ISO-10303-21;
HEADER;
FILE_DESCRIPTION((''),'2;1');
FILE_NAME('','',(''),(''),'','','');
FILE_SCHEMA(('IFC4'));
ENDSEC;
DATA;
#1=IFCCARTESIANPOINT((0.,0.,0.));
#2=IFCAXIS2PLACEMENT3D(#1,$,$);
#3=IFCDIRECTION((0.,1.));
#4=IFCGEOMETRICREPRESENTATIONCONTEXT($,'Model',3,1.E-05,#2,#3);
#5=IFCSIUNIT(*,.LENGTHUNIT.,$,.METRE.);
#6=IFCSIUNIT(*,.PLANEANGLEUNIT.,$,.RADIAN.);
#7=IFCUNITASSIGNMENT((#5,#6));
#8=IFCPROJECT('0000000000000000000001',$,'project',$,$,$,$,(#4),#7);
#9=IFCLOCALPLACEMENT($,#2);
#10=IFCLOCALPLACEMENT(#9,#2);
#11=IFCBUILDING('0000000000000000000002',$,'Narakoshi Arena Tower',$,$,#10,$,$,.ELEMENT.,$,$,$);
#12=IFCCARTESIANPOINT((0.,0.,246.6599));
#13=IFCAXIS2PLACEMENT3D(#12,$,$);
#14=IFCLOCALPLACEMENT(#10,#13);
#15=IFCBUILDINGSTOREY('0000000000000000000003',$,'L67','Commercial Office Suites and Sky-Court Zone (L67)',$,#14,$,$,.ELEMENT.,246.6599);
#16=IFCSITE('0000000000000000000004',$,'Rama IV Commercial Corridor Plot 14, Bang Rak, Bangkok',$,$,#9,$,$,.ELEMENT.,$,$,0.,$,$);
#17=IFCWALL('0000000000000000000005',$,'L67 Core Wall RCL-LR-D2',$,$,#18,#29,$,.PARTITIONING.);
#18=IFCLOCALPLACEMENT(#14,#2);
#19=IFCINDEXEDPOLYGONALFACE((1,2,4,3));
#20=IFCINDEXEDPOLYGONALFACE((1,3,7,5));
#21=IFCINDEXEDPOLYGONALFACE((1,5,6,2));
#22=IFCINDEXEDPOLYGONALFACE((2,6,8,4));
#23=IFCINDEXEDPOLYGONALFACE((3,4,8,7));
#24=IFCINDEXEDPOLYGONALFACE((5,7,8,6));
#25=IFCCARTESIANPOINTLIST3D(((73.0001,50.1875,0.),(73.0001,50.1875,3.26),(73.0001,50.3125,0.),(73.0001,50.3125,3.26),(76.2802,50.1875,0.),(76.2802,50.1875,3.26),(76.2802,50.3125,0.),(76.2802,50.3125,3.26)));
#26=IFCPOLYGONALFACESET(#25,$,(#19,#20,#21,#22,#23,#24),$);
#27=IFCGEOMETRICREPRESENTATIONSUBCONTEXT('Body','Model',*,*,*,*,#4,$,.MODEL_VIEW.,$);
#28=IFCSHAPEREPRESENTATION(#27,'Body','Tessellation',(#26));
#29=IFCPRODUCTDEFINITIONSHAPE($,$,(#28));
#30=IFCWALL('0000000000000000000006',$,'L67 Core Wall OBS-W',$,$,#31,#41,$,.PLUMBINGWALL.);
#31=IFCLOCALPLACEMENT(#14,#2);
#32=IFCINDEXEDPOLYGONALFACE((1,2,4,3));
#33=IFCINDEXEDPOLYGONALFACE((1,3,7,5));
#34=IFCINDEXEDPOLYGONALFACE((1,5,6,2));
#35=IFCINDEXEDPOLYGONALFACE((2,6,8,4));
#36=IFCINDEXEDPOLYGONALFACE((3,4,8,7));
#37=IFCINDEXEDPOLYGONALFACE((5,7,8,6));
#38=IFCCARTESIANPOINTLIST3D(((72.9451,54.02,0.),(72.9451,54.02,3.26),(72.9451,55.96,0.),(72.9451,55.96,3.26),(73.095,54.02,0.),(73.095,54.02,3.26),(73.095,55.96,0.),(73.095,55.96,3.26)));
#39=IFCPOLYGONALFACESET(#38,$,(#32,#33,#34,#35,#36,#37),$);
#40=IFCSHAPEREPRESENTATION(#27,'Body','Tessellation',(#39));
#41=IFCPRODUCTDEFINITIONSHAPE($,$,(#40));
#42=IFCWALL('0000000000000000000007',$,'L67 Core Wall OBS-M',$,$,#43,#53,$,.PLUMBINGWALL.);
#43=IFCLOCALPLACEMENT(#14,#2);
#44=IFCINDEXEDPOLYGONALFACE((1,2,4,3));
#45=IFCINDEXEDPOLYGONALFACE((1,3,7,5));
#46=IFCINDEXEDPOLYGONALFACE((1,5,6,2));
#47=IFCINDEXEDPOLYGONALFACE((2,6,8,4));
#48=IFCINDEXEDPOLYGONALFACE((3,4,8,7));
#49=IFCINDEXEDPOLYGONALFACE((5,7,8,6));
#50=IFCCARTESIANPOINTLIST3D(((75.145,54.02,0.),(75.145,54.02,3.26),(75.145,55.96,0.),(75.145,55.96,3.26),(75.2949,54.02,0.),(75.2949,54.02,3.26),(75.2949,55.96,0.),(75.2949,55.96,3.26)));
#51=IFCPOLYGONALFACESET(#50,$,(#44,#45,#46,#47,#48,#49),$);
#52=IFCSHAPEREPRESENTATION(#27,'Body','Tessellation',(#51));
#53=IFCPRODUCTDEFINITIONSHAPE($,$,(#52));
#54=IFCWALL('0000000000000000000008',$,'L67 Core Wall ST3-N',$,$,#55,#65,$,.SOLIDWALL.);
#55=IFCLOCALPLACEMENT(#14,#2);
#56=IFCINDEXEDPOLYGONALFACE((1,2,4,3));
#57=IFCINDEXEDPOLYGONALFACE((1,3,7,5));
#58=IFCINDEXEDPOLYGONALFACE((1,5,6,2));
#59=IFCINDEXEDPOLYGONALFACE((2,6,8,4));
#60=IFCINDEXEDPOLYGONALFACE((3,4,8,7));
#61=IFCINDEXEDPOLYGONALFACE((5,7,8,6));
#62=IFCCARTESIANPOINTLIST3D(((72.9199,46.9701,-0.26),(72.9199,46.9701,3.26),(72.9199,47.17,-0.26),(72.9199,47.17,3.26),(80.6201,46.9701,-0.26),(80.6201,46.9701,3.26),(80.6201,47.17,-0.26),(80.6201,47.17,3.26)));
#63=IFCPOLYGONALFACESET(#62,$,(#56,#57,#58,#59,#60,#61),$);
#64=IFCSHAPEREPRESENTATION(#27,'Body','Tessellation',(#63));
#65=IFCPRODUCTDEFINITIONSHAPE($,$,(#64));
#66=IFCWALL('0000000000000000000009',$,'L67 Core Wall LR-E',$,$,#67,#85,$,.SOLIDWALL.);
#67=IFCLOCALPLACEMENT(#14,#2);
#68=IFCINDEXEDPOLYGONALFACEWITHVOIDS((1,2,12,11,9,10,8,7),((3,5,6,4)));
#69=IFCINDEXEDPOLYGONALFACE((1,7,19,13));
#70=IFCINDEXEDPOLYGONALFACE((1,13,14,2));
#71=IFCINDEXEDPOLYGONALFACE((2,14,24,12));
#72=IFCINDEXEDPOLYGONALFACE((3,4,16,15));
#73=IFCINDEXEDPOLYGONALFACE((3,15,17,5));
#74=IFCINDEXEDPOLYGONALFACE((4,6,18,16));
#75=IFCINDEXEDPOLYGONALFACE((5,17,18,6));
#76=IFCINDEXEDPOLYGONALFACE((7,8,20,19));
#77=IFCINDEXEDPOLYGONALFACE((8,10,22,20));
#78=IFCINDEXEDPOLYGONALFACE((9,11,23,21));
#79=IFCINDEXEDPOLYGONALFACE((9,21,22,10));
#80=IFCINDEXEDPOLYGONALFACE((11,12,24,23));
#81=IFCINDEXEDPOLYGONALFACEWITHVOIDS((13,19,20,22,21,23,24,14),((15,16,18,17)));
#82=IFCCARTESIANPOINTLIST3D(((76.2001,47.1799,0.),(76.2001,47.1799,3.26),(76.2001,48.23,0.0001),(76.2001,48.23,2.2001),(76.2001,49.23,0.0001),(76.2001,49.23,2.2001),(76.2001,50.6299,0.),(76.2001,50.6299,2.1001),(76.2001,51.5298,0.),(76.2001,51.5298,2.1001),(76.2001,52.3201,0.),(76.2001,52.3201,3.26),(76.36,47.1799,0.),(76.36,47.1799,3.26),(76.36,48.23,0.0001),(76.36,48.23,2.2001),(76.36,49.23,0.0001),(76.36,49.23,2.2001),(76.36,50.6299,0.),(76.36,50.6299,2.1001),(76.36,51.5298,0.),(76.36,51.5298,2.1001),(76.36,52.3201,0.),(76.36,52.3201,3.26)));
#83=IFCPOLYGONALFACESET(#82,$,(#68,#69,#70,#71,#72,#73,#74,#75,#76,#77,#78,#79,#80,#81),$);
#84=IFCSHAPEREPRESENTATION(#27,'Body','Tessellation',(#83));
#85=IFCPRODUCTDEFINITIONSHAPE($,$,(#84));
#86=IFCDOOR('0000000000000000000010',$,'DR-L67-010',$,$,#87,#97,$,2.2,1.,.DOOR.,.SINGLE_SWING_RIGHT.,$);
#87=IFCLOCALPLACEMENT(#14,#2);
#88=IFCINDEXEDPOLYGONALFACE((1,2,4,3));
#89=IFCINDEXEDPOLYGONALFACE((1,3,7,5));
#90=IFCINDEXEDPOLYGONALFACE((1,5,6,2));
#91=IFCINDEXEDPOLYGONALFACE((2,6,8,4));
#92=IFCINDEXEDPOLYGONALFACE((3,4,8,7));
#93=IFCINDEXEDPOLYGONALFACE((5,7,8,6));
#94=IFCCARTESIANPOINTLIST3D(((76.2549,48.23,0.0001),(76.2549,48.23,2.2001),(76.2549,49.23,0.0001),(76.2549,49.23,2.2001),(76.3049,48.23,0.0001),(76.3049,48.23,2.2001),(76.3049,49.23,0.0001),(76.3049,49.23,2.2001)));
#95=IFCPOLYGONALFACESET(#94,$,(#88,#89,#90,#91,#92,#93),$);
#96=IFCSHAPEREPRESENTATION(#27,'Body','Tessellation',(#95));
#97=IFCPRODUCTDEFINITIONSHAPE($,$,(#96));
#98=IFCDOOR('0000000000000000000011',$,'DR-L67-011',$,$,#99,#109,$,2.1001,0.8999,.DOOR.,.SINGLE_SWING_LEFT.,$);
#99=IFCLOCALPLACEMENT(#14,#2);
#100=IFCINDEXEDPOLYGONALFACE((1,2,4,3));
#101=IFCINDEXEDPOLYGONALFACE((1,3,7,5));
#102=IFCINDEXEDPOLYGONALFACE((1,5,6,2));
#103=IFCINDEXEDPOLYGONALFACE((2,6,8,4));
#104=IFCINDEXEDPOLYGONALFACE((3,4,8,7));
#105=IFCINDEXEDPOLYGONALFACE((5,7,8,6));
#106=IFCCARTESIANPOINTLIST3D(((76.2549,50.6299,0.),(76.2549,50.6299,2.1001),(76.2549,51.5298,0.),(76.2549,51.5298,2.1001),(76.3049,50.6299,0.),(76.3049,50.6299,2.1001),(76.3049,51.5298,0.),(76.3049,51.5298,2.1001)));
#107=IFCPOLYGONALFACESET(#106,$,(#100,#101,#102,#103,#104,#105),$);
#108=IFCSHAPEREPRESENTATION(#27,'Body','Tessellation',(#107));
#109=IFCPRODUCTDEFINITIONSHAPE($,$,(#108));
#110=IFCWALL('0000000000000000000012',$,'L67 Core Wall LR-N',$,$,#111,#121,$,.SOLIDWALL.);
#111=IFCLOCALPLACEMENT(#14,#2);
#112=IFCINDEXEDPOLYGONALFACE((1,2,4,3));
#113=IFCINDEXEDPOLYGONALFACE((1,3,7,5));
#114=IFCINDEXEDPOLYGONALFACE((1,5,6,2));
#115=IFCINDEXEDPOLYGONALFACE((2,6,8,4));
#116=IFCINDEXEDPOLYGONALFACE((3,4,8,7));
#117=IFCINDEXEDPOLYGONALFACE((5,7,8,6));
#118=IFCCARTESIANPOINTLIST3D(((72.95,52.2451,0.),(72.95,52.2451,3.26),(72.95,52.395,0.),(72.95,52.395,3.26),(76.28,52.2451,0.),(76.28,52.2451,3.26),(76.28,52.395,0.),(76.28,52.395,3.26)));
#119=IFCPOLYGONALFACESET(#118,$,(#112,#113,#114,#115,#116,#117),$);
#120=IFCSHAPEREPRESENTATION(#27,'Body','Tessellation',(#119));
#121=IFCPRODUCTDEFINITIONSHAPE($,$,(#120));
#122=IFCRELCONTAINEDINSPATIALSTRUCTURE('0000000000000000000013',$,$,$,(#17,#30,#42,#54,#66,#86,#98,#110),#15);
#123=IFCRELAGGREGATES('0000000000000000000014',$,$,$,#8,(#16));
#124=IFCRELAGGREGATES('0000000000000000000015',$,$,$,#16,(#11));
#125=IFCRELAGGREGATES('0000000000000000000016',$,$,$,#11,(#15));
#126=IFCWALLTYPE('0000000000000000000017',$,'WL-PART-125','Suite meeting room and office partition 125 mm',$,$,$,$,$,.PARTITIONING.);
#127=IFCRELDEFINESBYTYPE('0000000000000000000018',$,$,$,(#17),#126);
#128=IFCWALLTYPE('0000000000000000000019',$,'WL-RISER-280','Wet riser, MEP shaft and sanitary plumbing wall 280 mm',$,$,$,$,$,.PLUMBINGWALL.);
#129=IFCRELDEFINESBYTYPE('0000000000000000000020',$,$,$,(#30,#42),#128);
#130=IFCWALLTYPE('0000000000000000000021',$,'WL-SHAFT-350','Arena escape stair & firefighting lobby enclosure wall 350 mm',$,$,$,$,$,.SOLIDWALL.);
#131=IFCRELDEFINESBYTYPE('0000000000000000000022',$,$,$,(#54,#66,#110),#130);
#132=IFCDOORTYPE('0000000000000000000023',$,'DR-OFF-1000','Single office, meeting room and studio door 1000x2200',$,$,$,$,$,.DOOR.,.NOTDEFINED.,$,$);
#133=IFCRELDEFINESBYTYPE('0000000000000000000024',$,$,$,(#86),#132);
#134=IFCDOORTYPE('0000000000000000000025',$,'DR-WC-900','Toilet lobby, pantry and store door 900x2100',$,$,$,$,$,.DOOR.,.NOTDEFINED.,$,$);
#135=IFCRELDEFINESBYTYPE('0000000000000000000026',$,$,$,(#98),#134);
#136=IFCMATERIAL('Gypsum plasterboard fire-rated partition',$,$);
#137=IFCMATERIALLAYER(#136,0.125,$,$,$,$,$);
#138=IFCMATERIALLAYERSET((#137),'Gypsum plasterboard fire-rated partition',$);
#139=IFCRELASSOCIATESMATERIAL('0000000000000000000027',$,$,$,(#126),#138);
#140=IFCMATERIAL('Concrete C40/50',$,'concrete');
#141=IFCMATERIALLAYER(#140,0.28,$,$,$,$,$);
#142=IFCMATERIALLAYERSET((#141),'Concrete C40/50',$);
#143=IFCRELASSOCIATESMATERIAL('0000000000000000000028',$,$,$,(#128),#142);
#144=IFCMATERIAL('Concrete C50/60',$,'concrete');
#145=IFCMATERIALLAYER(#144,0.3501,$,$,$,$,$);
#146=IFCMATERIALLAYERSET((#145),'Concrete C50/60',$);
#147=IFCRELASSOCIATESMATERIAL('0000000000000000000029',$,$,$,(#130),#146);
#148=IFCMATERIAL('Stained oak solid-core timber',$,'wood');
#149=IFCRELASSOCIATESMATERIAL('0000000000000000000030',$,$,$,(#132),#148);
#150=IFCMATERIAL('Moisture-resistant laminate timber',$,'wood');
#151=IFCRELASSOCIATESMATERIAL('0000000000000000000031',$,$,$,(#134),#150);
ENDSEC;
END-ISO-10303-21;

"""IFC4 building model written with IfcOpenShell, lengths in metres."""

from ifc_helpers import new_model, si_unit, direction, frame, frame_2d, origin, place, context, subcontext, project, spatial, rectangle, extrude, material, layer, layer_set, type_object, element, fill, save


model = new_model("IFC4")

# Units and contexts
model_context = context("Model", 3, precision=1e-05, world=origin(), true_north=direction((0.0, 1.0)))
body_context = subcontext(model_context, "Body", "Model", "MODEL_VIEW")
ifc_project = project(units=[si_unit("LENGTHUNIT", "METRE"), si_unit("PLANEANGLEUNIT", "RADIAN")], contexts=[model_context])

# Site, building, storey
site_placement = place(None, origin())
site = spatial("IfcSite", under=ifc_project, at=site_placement, Name="Rama IV Commercial Corridor Plot 14, Bang Rak, Bangkok", CompositionType="ELEMENT", RefElevation=0.0)
building_placement = place(site_placement, origin())
building = spatial("IfcBuilding", under=site, at=building_placement, Name="Narakoshi Arena Tower", CompositionType="ELEMENT")
storey_placement = place(building_placement, frame((0.0, 0.0, 246.6599)))
storey = spatial("IfcBuildingStorey", under=building, at=storey_placement, Name="L67", Description="Commercial Office Suites and Sky-Court Zone (L67)", CompositionType="ELEMENT", Elevation=246.6599)

# Walls
ifc_material_1 = material(Name="Gypsum plasterboard fire-rated partition")
ifc_layer_1 = layer(ifc_material_1, 0.125)
ifc_layer_set_1 = layer_set([ifc_layer_1], Name="Gypsum plasterboard fire-rated partition")
wall_type_1 = type_object("IfcWallType", Name="WL-PART-125", Description="Suite meeting room and office partition 125 mm", PredefinedType="PARTITIONING", material=ifc_layer_set_1)
wall_1_placement = place(storey_placement, frame((73.0, 50.25, 0.0), z_axis=(0.0, 0.0, 1.0), x_axis=(1.0, 0.0, 0.0)))
element("IfcWall", 1, at=wall_1_placement, inside=storey, type_object=wall_type_1, Name="L67 Core Wall RCL-LR-D2", PredefinedType="PARTITIONING", context=body_context, shape_type="SweptSolid", body=[
    extrude(rectangle(XDim=3.28, YDim=0.125, at=frame_2d((1.6401, 0.0))), origin(), (0.0, 0.0, 1.0), 3.26),
])
ifc_material_2 = material(Name="Concrete C40/50", Category="concrete")
ifc_layer_2 = layer(ifc_material_2, 0.28)
ifc_layer_set_2 = layer_set([ifc_layer_2], Name="Concrete C40/50")
wall_type_2 = type_object("IfcWallType", Name="WL-RISER-280", Description="Wet riser, MEP shaft and sanitary plumbing wall 280 mm", PredefinedType="PLUMBINGWALL", material=ifc_layer_set_2)
for number, where, z_axis, x_axis, name in (
    (2, (73.02, 54.02, 0.0), (0.0, 0.0, 1.0), (0.0, 1.0, 0.0), "L67 Core Wall OBS-W"),
    (3, (75.22, 54.02, 0.0), (0.0, 0.0, 1.0), (0.0, 1.0, 0.0), "L67 Core Wall OBS-M"),
):
    element("IfcWall", number, at=place(storey_placement, frame(where, z_axis=z_axis, x_axis=x_axis)), inside=storey, type_object=wall_type_2, Name=name, PredefinedType="PLUMBINGWALL", context=body_context, shape_type="SweptSolid", body=[
        extrude(rectangle(XDim=1.9399, YDim=0.1499, at=frame_2d((0.97, 0.0))), origin(), (0.0, 0.0, 1.0), 3.26),
    ])
ifc_material_3 = material(Name="Concrete C50/60", Category="concrete")
ifc_layer_3 = layer(ifc_material_3, 0.3501)
ifc_layer_set_3 = layer_set([ifc_layer_3], Name="Concrete C50/60")
wall_type_3 = type_object("IfcWallType", Name="WL-SHAFT-350", Description="Arena escape stair & firefighting lobby enclosure wall 350 mm", PredefinedType="SOLIDWALL", material=ifc_layer_set_3)
wall_2_placement = place(storey_placement, frame((72.9199, 47.0701, -0.26), z_axis=(0.0, 0.0, 1.0), x_axis=(1.0, 0.0, 0.0)))
element("IfcWall", 4, at=wall_2_placement, inside=storey, type_object=wall_type_3, Name="L67 Core Wall ST3-N", PredefinedType="SOLIDWALL", context=body_context, shape_type="SweptSolid", body=[
    extrude(rectangle(XDim=7.7002, YDim=0.2, at=frame_2d((3.8501, 0.0))), origin(), (0.0, 0.0, 1.0), 3.52),
])

# Wall, openings, doors
wall_3_placement = place(storey_placement, frame((76.28, 47.1799, 0.0), z_axis=(0.0, 0.0, 1.0), x_axis=(0.0, 1.0, 0.0)))
wall_3 = element("IfcWall", 5, at=wall_3_placement, inside=storey, type_object=wall_type_3, Name="L67 Core Wall LR-E", PredefinedType="SOLIDWALL", context=body_context, shape_type="SweptSolid", body=[
    extrude(rectangle(XDim=5.1401, YDim=0.1599, at=frame_2d((2.5701, 0.0))), origin(), (0.0, 0.0, 1.0), 3.26),
])
opening_1_placement = place(wall_3_placement, frame((1.05, 0.0, 0.0)))
opening_1 = element("IfcOpeningElement", 6, at=opening_1_placement, cuts=wall_3, PredefinedType="OPENING", context=body_context, shape_type="SweptSolid", body=[
    extrude(rectangle(XDim=1.0, YDim=2.2, at=frame_2d((0.5, 1.1001))), frame((0.0, 0.0898, 0.0), z_axis=(0.0, -1.0, 0.0), x_axis=(1.0, 0.0, 0.0)), (0.0, 0.0, 1.0), 0.1799),
])
opening_2_placement = place(wall_3_placement, frame((3.45, 0.0, 0.0)))
opening_2 = element("IfcOpeningElement", 7, at=opening_2_placement, cuts=wall_3, PredefinedType="OPENING", context=body_context, shape_type="SweptSolid", body=[
    extrude(rectangle(XDim=0.8999, YDim=2.1001, at=frame_2d((0.45, 1.05))), frame((0.0, 0.0898, 0.0), z_axis=(0.0, -1.0, 0.0), x_axis=(1.0, 0.0, 0.0)), (0.0, 0.0, 1.0), 0.1799),
])
ifc_material_4 = material(Name="Stained oak solid-core timber", Category="wood")
door_type_1 = type_object("IfcDoorType", Name="DR-OFF-1000", Description="Single office, meeting room and studio door 1000x2200", OperationType="NOTDEFINED", PredefinedType="DOOR", material=ifc_material_4)
door_1_placement = place(opening_1_placement, frame((1.0, 0.0, 0.0), z_axis=(0.0, 0.0, 1.0), x_axis=(-1.0, 0.0, 0.0)))
door_1 = element("IfcDoor", 8, at=door_1_placement, inside=storey, type_object=door_type_1, Name="DR-L67-010", OperationType="SINGLE_SWING_RIGHT", OverallHeight=2.2, OverallWidth=1.0, PredefinedType="DOOR", context=body_context, shape_type="SweptSolid", body=[
    extrude(rectangle(XDim=1.0, YDim=2.2, at=frame_2d((0.5, 1.1001))), frame((0.0, 0.0249, 0.0), z_axis=(0.0, -1.0, 0.0), x_axis=(1.0, 0.0, 0.0)), (0.0, 0.0, 1.0), 0.05),
])
fill(opening_1, door_1)
ifc_material_5 = material(Name="Moisture-resistant laminate timber", Category="wood")
door_type_2 = type_object("IfcDoorType", Name="DR-WC-900", Description="Toilet lobby, pantry and store door 900x2100", OperationType="NOTDEFINED", PredefinedType="DOOR", material=ifc_material_5)
door_2_placement = place(opening_2_placement, frame((0.8999, 0.0, 0.0), z_axis=(0.0, 0.0, 1.0), x_axis=(-1.0, 0.0, 0.0)))
door_2 = element("IfcDoor", 9, at=door_2_placement, inside=storey, type_object=door_type_2, Name="DR-L67-011", OperationType="SINGLE_SWING_LEFT", OverallHeight=2.1001, OverallWidth=0.8999, PredefinedType="DOOR", context=body_context, shape_type="SweptSolid", body=[
    extrude(rectangle(XDim=0.8999, YDim=2.1001, at=frame_2d((0.45, 1.05))), frame((0.0, 0.0249, 0.0), z_axis=(0.0, -1.0, 0.0), x_axis=(1.0, 0.0, 0.0)), (0.0, 0.0, 1.0), 0.05),
])
fill(opening_2, door_2)

# Wall
wall_4_placement = place(storey_placement, frame((72.95, 52.3201, 0.0), z_axis=(0.0, 0.0, 1.0), x_axis=(1.0, 0.0, 0.0)))
element("IfcWall", 10, at=wall_4_placement, inside=storey, type_object=wall_type_3, Name="L67 Core Wall LR-N", PredefinedType="SOLIDWALL", context=body_context, shape_type="SweptSolid", body=[
    extrude(rectangle(XDim=3.3301, YDim=0.1499, at=frame_2d((1.665, 0.0))), origin(), (0.0, 0.0, 1.0), 3.26),
])

save(model, "model.ifc")
